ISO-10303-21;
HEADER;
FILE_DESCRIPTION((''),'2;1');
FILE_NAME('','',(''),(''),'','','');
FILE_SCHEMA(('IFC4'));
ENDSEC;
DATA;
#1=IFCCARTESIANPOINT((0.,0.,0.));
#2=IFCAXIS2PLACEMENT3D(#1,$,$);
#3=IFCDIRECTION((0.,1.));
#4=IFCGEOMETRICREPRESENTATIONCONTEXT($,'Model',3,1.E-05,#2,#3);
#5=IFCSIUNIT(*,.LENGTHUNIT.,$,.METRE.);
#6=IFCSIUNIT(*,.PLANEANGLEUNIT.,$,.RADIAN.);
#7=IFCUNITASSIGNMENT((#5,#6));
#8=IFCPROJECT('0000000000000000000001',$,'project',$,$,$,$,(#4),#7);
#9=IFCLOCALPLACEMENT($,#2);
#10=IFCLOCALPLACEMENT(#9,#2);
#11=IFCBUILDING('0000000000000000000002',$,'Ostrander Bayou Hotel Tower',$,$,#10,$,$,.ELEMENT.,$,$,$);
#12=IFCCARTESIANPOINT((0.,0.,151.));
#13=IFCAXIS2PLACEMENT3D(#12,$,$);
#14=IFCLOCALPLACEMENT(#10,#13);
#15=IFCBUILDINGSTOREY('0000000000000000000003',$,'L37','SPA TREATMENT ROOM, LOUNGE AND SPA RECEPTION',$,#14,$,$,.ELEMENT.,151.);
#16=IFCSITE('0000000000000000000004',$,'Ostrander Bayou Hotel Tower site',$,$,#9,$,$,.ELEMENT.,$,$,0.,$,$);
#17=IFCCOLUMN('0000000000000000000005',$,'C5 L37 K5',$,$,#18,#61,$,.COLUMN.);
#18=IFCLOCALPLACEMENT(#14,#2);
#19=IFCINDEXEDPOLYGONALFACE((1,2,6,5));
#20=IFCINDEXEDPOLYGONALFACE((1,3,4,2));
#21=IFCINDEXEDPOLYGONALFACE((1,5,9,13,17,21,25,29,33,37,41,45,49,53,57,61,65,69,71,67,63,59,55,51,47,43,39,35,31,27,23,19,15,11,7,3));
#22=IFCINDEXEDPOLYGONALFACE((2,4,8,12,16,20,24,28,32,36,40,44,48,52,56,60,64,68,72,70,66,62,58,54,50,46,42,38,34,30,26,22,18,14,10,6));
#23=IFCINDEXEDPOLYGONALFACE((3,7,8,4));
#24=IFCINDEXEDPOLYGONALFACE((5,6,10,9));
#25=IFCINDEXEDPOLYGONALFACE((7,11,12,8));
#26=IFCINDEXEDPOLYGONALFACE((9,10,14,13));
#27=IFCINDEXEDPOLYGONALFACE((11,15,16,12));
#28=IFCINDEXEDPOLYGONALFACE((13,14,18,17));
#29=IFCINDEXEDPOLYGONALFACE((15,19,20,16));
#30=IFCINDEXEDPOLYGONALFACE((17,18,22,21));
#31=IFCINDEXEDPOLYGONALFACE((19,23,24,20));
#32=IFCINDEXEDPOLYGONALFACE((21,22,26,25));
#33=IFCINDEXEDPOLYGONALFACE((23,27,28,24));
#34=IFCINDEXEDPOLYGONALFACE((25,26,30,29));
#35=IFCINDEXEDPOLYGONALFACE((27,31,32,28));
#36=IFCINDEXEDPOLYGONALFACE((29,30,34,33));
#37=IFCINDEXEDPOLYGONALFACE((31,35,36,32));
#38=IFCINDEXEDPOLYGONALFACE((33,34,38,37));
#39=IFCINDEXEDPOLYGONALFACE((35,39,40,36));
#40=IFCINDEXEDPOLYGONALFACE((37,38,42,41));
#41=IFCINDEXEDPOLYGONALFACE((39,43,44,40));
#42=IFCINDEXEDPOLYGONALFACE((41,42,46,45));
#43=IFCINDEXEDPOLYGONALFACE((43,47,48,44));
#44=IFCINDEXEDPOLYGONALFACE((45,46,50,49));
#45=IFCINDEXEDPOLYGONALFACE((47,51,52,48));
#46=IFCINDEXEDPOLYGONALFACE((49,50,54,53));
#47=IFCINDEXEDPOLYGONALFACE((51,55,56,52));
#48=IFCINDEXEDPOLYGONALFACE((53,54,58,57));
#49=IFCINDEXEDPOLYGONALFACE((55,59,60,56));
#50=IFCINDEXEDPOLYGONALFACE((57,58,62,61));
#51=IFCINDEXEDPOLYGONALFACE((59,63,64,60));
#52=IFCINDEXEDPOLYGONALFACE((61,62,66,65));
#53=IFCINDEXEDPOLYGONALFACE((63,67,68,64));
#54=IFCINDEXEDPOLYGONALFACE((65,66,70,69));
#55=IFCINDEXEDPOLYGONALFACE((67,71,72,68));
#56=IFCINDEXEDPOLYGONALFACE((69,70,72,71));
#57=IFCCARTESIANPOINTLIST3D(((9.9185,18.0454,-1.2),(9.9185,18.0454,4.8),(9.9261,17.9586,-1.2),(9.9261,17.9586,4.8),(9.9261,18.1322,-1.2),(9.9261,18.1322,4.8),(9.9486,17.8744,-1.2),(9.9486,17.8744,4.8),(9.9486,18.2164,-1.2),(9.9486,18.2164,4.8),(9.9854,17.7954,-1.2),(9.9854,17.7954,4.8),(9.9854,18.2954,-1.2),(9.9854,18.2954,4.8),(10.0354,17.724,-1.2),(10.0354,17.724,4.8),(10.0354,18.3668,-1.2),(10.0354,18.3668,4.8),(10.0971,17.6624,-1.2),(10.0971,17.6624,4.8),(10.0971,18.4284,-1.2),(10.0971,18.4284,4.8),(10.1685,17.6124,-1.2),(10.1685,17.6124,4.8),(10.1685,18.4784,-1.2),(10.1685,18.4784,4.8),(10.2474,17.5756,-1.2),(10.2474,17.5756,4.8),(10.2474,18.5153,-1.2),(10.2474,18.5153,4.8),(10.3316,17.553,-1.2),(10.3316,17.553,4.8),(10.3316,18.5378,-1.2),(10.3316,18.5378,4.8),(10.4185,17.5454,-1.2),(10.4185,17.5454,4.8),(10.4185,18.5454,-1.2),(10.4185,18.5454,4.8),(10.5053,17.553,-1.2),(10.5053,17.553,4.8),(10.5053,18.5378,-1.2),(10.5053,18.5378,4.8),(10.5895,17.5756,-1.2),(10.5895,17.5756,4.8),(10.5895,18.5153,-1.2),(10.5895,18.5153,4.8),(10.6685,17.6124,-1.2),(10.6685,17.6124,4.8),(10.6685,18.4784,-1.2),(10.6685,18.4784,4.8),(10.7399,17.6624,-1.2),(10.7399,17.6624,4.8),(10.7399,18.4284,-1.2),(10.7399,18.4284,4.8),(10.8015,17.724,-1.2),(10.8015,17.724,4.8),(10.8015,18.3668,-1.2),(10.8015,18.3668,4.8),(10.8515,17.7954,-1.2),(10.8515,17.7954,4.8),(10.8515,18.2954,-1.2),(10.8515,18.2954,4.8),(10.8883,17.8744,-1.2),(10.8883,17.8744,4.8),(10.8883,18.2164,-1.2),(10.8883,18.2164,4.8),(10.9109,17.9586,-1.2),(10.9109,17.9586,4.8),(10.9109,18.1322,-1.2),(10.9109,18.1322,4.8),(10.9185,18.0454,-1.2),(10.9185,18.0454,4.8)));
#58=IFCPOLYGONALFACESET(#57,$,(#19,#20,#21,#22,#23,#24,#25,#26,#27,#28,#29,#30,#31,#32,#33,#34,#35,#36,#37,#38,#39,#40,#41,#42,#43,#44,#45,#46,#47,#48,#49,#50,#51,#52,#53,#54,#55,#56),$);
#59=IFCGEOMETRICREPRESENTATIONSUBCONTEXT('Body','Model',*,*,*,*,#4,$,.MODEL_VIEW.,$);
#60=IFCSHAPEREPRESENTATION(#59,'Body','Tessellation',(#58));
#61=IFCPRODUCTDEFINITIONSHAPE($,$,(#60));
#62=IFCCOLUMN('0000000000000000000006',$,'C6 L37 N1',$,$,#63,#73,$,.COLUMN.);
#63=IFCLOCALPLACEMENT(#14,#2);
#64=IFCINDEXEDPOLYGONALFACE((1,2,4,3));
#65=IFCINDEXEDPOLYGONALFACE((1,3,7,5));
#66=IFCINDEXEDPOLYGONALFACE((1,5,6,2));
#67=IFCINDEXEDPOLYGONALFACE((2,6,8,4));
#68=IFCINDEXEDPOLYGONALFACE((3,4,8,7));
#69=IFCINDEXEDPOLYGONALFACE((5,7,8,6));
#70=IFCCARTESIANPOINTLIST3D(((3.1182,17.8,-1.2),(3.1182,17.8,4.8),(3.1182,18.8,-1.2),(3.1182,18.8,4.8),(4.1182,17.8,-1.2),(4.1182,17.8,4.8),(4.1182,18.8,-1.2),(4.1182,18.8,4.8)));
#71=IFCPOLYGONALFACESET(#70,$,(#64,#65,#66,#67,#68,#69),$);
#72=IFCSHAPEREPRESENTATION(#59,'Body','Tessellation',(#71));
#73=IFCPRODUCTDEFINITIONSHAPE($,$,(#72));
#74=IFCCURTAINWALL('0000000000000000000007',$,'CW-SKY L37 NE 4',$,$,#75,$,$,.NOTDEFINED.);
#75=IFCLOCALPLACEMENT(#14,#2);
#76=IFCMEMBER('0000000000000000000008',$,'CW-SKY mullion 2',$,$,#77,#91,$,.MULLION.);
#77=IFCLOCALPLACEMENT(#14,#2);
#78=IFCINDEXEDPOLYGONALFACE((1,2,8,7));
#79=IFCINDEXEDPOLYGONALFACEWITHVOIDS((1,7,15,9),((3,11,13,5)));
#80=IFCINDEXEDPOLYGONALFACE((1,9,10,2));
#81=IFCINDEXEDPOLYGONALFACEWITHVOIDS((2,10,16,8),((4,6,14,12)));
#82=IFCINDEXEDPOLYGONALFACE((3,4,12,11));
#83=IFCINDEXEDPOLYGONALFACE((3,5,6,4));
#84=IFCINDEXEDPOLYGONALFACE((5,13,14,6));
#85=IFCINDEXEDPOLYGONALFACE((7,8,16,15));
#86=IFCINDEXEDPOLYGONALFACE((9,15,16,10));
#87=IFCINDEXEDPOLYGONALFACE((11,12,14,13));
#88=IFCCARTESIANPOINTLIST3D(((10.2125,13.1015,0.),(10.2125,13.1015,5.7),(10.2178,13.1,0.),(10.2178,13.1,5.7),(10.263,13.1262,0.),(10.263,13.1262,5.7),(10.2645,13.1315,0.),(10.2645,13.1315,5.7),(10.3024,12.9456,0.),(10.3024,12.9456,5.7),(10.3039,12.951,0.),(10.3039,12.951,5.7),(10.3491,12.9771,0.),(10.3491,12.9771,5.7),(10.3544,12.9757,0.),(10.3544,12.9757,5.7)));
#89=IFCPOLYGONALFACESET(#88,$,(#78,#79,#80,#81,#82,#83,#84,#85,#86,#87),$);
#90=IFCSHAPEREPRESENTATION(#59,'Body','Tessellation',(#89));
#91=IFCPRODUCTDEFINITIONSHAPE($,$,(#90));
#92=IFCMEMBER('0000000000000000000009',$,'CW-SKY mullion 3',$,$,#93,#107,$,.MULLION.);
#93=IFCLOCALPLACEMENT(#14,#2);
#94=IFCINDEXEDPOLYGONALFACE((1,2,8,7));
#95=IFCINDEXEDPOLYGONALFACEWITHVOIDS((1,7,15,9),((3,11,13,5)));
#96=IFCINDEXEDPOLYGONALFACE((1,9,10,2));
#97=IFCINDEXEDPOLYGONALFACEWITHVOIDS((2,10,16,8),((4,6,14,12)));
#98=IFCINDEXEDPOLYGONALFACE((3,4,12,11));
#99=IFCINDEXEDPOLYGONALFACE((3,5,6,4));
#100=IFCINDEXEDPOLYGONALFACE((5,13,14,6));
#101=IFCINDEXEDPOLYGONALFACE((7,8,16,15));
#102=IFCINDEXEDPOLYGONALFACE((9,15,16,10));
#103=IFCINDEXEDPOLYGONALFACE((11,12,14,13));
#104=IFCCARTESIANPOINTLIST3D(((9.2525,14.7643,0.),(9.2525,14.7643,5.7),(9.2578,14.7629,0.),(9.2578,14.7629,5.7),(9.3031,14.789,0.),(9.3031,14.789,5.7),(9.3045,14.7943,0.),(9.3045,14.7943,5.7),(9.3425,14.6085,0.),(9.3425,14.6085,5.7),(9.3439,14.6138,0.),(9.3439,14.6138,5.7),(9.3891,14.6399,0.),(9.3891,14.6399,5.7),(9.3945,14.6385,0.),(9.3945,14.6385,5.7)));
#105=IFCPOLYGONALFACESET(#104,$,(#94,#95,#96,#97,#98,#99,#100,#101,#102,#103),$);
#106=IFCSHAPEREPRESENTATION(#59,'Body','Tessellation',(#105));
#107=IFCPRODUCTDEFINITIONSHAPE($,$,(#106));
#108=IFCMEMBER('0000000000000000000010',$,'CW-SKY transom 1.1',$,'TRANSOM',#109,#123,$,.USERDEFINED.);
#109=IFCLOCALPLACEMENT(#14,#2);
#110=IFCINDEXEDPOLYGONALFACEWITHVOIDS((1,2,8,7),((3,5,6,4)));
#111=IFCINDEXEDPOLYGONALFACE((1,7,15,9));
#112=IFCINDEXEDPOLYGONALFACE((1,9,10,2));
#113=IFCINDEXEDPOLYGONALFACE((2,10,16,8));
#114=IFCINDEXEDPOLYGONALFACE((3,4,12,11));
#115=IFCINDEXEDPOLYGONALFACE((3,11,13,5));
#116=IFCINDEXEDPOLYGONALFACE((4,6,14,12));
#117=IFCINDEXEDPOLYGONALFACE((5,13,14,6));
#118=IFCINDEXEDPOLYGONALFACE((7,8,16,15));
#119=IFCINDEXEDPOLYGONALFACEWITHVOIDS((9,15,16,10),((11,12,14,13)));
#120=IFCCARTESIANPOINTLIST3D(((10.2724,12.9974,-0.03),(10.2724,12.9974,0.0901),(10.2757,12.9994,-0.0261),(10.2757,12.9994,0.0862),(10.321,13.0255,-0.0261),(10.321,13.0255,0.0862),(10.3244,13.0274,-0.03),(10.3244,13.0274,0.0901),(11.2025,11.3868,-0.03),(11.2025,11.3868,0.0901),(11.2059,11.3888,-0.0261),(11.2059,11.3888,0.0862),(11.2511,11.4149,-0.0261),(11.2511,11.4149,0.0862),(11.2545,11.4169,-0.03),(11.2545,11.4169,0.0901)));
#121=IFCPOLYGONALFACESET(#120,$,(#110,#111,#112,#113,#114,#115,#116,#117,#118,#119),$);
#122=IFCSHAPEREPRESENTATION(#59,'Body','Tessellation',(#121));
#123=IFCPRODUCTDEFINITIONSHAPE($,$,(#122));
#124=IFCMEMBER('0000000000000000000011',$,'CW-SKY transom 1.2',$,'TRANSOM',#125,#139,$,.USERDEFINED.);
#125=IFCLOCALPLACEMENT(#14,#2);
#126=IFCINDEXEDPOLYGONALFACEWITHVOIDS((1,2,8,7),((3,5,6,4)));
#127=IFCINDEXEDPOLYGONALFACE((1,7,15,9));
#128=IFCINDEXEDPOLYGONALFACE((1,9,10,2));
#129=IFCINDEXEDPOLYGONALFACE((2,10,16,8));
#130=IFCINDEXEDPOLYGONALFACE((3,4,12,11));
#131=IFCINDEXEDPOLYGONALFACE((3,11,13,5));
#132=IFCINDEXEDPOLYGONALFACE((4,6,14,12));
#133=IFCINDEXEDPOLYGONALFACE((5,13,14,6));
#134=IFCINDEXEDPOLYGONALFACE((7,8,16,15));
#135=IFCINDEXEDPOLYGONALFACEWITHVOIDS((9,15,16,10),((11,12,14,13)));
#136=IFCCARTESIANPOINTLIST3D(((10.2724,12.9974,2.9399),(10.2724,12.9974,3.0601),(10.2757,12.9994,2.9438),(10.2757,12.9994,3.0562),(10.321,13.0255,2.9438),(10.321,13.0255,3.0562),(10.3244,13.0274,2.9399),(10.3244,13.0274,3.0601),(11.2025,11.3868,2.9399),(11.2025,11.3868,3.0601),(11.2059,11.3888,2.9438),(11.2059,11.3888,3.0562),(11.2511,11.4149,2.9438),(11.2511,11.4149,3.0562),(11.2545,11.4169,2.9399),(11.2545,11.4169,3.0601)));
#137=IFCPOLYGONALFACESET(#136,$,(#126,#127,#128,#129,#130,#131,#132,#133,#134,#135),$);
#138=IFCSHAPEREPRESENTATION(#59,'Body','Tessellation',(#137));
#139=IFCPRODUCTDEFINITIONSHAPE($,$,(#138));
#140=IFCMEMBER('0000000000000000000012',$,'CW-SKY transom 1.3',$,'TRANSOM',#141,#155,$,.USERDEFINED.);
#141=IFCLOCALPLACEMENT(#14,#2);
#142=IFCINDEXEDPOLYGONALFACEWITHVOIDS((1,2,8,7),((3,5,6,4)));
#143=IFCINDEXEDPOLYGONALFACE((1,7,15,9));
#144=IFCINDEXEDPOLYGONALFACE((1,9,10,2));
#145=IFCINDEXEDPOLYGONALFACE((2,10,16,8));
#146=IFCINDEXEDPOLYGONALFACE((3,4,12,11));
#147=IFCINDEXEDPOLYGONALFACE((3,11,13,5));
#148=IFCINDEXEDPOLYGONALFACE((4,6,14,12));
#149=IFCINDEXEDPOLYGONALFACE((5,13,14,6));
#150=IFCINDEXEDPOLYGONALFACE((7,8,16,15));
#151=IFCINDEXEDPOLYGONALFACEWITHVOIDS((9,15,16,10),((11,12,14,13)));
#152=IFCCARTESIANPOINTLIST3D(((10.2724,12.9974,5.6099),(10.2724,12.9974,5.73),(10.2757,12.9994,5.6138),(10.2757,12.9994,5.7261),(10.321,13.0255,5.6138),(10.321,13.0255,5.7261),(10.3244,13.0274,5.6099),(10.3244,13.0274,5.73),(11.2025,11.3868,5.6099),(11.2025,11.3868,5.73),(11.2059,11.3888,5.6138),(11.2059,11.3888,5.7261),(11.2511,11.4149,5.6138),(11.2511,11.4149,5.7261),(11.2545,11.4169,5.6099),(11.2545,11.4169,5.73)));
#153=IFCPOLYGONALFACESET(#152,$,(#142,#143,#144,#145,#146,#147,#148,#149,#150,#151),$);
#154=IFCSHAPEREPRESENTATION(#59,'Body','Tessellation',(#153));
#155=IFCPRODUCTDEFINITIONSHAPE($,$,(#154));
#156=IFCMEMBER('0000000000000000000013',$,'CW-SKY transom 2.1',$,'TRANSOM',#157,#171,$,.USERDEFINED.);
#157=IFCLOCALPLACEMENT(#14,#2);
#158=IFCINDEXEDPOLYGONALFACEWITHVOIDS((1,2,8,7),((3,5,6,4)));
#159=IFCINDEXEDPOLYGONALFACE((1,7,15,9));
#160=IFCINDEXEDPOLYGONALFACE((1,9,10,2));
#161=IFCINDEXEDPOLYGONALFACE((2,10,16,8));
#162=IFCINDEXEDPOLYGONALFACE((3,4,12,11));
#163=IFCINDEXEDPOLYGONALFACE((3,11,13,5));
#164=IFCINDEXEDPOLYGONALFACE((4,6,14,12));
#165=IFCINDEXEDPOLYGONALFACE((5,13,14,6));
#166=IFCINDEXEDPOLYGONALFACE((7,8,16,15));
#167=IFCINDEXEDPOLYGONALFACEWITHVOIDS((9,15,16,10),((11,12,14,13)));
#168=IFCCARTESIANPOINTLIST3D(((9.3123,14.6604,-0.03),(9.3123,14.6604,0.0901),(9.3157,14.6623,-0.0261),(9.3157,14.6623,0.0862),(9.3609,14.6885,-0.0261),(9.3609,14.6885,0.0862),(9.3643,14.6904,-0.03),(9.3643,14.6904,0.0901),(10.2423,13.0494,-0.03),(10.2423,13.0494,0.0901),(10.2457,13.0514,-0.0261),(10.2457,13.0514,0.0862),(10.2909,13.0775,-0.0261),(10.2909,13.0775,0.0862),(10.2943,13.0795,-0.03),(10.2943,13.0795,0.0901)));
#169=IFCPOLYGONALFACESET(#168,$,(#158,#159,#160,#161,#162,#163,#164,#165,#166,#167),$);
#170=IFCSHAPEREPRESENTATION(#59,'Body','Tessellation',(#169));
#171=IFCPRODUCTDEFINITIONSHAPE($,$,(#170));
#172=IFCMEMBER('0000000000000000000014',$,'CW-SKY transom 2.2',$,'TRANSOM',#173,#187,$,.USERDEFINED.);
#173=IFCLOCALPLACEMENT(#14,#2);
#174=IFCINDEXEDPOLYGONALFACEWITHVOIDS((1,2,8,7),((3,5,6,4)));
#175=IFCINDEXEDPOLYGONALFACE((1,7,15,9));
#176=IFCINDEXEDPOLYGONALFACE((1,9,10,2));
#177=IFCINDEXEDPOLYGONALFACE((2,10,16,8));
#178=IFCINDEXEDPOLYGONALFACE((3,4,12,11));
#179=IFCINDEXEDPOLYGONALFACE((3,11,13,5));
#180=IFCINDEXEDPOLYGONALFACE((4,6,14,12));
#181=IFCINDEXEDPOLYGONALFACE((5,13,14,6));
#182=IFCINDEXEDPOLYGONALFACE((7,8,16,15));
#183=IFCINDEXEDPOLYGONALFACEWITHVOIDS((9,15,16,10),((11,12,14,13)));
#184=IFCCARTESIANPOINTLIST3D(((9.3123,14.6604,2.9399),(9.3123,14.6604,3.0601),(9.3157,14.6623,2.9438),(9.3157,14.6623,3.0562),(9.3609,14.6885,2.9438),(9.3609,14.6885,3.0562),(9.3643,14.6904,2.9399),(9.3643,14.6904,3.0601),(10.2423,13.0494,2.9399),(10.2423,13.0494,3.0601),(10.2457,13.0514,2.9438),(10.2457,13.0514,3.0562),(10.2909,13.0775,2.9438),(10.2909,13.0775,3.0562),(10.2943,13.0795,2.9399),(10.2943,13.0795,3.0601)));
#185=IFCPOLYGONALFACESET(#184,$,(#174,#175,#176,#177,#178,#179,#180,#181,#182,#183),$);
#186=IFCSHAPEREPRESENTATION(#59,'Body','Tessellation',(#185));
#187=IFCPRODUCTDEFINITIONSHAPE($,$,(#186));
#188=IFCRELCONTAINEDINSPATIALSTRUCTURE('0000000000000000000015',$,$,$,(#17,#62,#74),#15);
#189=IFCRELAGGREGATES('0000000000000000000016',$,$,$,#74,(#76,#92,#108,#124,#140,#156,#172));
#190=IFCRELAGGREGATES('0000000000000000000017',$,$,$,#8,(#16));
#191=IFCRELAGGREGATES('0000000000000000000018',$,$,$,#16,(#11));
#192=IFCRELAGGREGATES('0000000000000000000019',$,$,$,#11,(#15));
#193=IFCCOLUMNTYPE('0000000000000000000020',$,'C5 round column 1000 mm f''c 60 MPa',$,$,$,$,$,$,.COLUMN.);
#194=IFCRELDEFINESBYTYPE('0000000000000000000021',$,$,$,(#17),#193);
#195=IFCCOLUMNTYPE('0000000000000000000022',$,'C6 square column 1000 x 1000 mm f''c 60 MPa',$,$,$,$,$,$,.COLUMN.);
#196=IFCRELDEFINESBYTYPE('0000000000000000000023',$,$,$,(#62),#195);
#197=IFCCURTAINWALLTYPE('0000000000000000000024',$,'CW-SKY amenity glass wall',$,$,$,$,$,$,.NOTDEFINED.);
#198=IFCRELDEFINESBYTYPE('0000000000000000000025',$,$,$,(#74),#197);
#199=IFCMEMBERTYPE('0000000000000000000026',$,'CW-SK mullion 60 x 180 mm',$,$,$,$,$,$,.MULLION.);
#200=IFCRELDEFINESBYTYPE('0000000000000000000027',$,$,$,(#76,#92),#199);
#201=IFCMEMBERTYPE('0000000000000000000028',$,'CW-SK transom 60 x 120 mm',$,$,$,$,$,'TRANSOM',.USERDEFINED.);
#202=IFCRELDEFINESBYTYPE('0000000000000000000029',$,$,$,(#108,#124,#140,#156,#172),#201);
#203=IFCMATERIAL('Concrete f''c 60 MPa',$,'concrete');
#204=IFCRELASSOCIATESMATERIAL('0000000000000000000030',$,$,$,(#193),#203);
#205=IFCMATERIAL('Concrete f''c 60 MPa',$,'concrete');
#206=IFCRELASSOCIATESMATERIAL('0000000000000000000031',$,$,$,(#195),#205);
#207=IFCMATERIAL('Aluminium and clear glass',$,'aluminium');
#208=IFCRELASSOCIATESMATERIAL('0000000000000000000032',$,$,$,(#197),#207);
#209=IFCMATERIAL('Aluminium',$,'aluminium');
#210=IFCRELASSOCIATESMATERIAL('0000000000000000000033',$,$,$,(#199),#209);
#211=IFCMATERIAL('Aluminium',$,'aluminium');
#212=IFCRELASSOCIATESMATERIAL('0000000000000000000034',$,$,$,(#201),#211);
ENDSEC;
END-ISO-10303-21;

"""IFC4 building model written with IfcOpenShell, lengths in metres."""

from ifc_helpers import new_model, si_unit, direction, frame, origin, origin_2d, place, context, subcontext, project, spatial, rectangle, hollow_rectangle, circle, extrude, material, material_profile, profile_set, type_object, element, aggregate, save


model = new_model("IFC4")

# Units and contexts
model_context = context("Model", 3, precision=1e-05, world=origin(), true_north=direction((0.0, 1.0)))
body_context = subcontext(model_context, "Body", "Model", "MODEL_VIEW")
ifc_project = project(units=[si_unit("LENGTHUNIT", "METRE"), si_unit("PLANEANGLEUNIT", "RADIAN")], contexts=[model_context])

# Site, building, storey
site_placement = place(None, origin())
site = spatial("IfcSite", under=ifc_project, at=site_placement, Name="Ostrander Bayou Hotel Tower site", CompositionType="ELEMENT", RefElevation=0.0)
building_placement = place(site_placement, origin())
building = spatial("IfcBuilding", under=site, at=building_placement, Name="Ostrander Bayou Hotel Tower", CompositionType="ELEMENT")
storey_placement = place(building_placement, frame((0.0, 0.0, 151.0)))
storey = spatial("IfcBuildingStorey", under=building, at=storey_placement, Name="L37", Description="SPA TREATMENT ROOM, LOUNGE AND SPA RECEPTION", CompositionType="ELEMENT", Elevation=151.0)

# Columns
ifc_material_1 = material(Name="Concrete f'c 60 MPa", Category="concrete")
ifc_material_profile_1 = material_profile(ifc_material_1, circle(Radius=0.5, at=origin_2d()))
ifc_profile_set_1 = profile_set([ifc_material_profile_1], Name="Concrete f'c 60 MPa")
column_type_1 = type_object("IfcColumnType", Name="C5 round column 1000 mm f'c 60 MPa", PredefinedType="COLUMN", material=ifc_profile_set_1)
column_1_placement = place(storey_placement, frame((10.4185, 18.0454, -1.2), z_axis=(0.0, 0.0, 1.0), x_axis=(1.0, 0.0, 0.0)))
element("IfcColumn", 1, at=column_1_placement, inside=storey, type_object=column_type_1, Name="C5 L37 K5", PredefinedType="COLUMN", context=body_context, shape_type="SweptSolid", body=[
    extrude(circle(Radius=0.5, at=origin_2d()), origin(), (0.0, 0.0, 1.0), 6.0),
])
ifc_material_2 = material(Name="Concrete f'c 60 MPa", Category="concrete")
ifc_material_profile_2 = material_profile(ifc_material_2, rectangle(XDim=1.0, YDim=1.0, at=origin_2d()))
ifc_profile_set_2 = profile_set([ifc_material_profile_2], Name="Concrete f'c 60 MPa")
column_type_2 = type_object("IfcColumnType", Name="C6 square column 1000 x 1000 mm f'c 60 MPa", PredefinedType="COLUMN", material=ifc_profile_set_2)
column_2_placement = place(storey_placement, frame((3.6182, 18.3, -1.2), z_axis=(0.0, 0.0, 1.0), x_axis=(1.0, 0.0, 0.0)))
element("IfcColumn", 2, at=column_2_placement, inside=storey, type_object=column_type_2, Name="C6 L37 N1", PredefinedType="COLUMN", context=body_context, shape_type="SweptSolid", body=[
    extrude(rectangle(XDim=1.0, YDim=1.0, at=origin_2d()), origin(), (0.0, 0.0, 1.0), 6.0),
])

# Curtain wall, members
ifc_material_3 = material(Name="Aluminium and clear glass", Category="aluminium")
curtain_wall_type = type_object("IfcCurtainWallType", Name="CW-SKY amenity glass wall", PredefinedType="NOTDEFINED", material=ifc_material_3)
curtain_wall_placement = place(storey_placement, origin())
curtain_wall = element("IfcCurtainWall", 3, at=curtain_wall_placement, inside=storey, type_object=curtain_wall_type, Name="CW-SKY L37 NE 4", PredefinedType="NOTDEFINED")
ifc_material_4 = material(Name="Aluminium", Category="aluminium")
ifc_material_profile_3 = material_profile(ifc_material_4, hollow_rectangle(XDim=0.0601, YDim=0.1799, WallThickness=0.0039, at=origin_2d()))
ifc_profile_set_3 = profile_set([ifc_material_profile_3], Name="Aluminium")
member_type_1 = type_object("IfcMemberType", Name="CW-SK mullion 60 x 180 mm", PredefinedType="MULLION", material=ifc_profile_set_3)
member_1_placement = place(storey_placement, frame((10.2834, 13.0386, 0.0), z_axis=(0.0, 0.0, 1.0), x_axis=(-0.866025, -0.5, 0.0)))
member_1 = element("IfcMember", 4, at=member_1_placement, type_object=member_type_1, Name="CW-SKY mullion 2", PredefinedType="MULLION", context=body_context, shape_type="SweptSolid", body=[
    extrude(hollow_rectangle(XDim=0.0601, YDim=0.1799, WallThickness=0.0039, at=origin_2d()), origin(), (0.0, 0.0, 1.0), 5.7),
])
member_2_placement = place(storey_placement, frame((9.3235, 14.7014, 0.0), z_axis=(0.0, 0.0, 1.0), x_axis=(-0.866025, -0.5, 0.0)))
member_2 = element("IfcMember", 5, at=member_2_placement, type_object=member_type_1, Name="CW-SKY mullion 3", PredefinedType="MULLION", context=body_context, shape_type="SweptSolid", body=[
    extrude(hollow_rectangle(XDim=0.0601, YDim=0.1799, WallThickness=0.0039, at=origin_2d()), origin(), (0.0, 0.0, 1.0), 5.7),
])
ifc_material_5 = material(Name="Aluminium", Category="aluminium")
ifc_material_profile_4 = material_profile(ifc_material_5, hollow_rectangle(XDim=0.0601, YDim=0.1201, WallThickness=0.0039, at=origin_2d()))
ifc_profile_set_4 = profile_set([ifc_material_profile_4], Name="Aluminium")
member_type_2 = type_object("IfcMemberType", Name="CW-SK transom 60 x 120 mm", ElementType="TRANSOM", PredefinedType="USERDEFINED", material=ifc_profile_set_4)
member_3_placement = place(storey_placement, frame((11.2285, 11.4019, 0.03), z_axis=(-0.50012, 0.865956, 0.0), x_axis=(-0.865956, -0.50012, 0.0)))
member_3 = element("IfcMember", 6, at=member_3_placement, type_object=member_type_2, Name="CW-SKY transom 1.1", ObjectType="TRANSOM", PredefinedType="USERDEFINED", context=body_context, shape_type="SweptSolid", body=[
    extrude(hollow_rectangle(XDim=0.0601, YDim=0.1201, WallThickness=0.0039, at=origin_2d()), origin(), (0.0, 0.0, 1.0), 1.8599),
])
member_4_placement = place(storey_placement, frame((11.2285, 11.4019, 3.0), z_axis=(-0.50012, 0.865956, 0.0), x_axis=(-0.865956, -0.50012, 0.0)))
member_4 = element("IfcMember", 7, at=member_4_placement, type_object=member_type_2, Name="CW-SKY transom 1.2", ObjectType="TRANSOM", PredefinedType="USERDEFINED", context=body_context, shape_type="SweptSolid", body=[
    extrude(hollow_rectangle(XDim=0.0601, YDim=0.1201, WallThickness=0.0039, at=origin_2d()), origin(), (0.0, 0.0, 1.0), 1.8599),
])
member_5_placement = place(storey_placement, frame((11.2285, 11.4019, 5.6699), z_axis=(-0.50012, 0.865956, 0.0), x_axis=(-0.865956, -0.50012, 0.0)))
member_5 = element("IfcMember", 8, at=member_5_placement, type_object=member_type_2, Name="CW-SKY transom 1.3", ObjectType="TRANSOM", PredefinedType="USERDEFINED", context=body_context, shape_type="SweptSolid", body=[
    extrude(hollow_rectangle(XDim=0.0601, YDim=0.1201, WallThickness=0.0039, at=origin_2d()), origin(), (0.0, 0.0, 1.0), 1.8599),
])
member_6_placement = place(storey_placement, frame((10.2683, 13.0645, 0.03), z_axis=(-0.499965, 0.866046, 0.0), x_axis=(-0.866046, -0.499965, 0.0)))
member_6 = element("IfcMember", 9, at=member_6_placement, type_object=member_type_2, Name="CW-SKY transom 2.1", ObjectType="TRANSOM", PredefinedType="USERDEFINED", context=body_context, shape_type="SweptSolid", body=[
    extrude(hollow_rectangle(XDim=0.0601, YDim=0.1201, WallThickness=0.0039, at=origin_2d()), origin(), (0.0, 0.0, 1.0), 1.8601),
])
member_7_placement = place(storey_placement, frame((10.2683, 13.0645, 3.0), z_axis=(-0.499965, 0.866046, 0.0), x_axis=(-0.866046, -0.499965, 0.0)))
member_7 = element("IfcMember", 10, at=member_7_placement, type_object=member_type_2, Name="CW-SKY transom 2.2", ObjectType="TRANSOM", PredefinedType="USERDEFINED", context=body_context, shape_type="SweptSolid", body=[
    extrude(hollow_rectangle(XDim=0.0601, YDim=0.1201, WallThickness=0.0039, at=origin_2d()), origin(), (0.0, 0.0, 1.0), 1.8601),
])

aggregate(curtain_wall, [member_1, member_2, member_3, member_4, member_5, member_6, member_7])

save(model, "model.ifc")
